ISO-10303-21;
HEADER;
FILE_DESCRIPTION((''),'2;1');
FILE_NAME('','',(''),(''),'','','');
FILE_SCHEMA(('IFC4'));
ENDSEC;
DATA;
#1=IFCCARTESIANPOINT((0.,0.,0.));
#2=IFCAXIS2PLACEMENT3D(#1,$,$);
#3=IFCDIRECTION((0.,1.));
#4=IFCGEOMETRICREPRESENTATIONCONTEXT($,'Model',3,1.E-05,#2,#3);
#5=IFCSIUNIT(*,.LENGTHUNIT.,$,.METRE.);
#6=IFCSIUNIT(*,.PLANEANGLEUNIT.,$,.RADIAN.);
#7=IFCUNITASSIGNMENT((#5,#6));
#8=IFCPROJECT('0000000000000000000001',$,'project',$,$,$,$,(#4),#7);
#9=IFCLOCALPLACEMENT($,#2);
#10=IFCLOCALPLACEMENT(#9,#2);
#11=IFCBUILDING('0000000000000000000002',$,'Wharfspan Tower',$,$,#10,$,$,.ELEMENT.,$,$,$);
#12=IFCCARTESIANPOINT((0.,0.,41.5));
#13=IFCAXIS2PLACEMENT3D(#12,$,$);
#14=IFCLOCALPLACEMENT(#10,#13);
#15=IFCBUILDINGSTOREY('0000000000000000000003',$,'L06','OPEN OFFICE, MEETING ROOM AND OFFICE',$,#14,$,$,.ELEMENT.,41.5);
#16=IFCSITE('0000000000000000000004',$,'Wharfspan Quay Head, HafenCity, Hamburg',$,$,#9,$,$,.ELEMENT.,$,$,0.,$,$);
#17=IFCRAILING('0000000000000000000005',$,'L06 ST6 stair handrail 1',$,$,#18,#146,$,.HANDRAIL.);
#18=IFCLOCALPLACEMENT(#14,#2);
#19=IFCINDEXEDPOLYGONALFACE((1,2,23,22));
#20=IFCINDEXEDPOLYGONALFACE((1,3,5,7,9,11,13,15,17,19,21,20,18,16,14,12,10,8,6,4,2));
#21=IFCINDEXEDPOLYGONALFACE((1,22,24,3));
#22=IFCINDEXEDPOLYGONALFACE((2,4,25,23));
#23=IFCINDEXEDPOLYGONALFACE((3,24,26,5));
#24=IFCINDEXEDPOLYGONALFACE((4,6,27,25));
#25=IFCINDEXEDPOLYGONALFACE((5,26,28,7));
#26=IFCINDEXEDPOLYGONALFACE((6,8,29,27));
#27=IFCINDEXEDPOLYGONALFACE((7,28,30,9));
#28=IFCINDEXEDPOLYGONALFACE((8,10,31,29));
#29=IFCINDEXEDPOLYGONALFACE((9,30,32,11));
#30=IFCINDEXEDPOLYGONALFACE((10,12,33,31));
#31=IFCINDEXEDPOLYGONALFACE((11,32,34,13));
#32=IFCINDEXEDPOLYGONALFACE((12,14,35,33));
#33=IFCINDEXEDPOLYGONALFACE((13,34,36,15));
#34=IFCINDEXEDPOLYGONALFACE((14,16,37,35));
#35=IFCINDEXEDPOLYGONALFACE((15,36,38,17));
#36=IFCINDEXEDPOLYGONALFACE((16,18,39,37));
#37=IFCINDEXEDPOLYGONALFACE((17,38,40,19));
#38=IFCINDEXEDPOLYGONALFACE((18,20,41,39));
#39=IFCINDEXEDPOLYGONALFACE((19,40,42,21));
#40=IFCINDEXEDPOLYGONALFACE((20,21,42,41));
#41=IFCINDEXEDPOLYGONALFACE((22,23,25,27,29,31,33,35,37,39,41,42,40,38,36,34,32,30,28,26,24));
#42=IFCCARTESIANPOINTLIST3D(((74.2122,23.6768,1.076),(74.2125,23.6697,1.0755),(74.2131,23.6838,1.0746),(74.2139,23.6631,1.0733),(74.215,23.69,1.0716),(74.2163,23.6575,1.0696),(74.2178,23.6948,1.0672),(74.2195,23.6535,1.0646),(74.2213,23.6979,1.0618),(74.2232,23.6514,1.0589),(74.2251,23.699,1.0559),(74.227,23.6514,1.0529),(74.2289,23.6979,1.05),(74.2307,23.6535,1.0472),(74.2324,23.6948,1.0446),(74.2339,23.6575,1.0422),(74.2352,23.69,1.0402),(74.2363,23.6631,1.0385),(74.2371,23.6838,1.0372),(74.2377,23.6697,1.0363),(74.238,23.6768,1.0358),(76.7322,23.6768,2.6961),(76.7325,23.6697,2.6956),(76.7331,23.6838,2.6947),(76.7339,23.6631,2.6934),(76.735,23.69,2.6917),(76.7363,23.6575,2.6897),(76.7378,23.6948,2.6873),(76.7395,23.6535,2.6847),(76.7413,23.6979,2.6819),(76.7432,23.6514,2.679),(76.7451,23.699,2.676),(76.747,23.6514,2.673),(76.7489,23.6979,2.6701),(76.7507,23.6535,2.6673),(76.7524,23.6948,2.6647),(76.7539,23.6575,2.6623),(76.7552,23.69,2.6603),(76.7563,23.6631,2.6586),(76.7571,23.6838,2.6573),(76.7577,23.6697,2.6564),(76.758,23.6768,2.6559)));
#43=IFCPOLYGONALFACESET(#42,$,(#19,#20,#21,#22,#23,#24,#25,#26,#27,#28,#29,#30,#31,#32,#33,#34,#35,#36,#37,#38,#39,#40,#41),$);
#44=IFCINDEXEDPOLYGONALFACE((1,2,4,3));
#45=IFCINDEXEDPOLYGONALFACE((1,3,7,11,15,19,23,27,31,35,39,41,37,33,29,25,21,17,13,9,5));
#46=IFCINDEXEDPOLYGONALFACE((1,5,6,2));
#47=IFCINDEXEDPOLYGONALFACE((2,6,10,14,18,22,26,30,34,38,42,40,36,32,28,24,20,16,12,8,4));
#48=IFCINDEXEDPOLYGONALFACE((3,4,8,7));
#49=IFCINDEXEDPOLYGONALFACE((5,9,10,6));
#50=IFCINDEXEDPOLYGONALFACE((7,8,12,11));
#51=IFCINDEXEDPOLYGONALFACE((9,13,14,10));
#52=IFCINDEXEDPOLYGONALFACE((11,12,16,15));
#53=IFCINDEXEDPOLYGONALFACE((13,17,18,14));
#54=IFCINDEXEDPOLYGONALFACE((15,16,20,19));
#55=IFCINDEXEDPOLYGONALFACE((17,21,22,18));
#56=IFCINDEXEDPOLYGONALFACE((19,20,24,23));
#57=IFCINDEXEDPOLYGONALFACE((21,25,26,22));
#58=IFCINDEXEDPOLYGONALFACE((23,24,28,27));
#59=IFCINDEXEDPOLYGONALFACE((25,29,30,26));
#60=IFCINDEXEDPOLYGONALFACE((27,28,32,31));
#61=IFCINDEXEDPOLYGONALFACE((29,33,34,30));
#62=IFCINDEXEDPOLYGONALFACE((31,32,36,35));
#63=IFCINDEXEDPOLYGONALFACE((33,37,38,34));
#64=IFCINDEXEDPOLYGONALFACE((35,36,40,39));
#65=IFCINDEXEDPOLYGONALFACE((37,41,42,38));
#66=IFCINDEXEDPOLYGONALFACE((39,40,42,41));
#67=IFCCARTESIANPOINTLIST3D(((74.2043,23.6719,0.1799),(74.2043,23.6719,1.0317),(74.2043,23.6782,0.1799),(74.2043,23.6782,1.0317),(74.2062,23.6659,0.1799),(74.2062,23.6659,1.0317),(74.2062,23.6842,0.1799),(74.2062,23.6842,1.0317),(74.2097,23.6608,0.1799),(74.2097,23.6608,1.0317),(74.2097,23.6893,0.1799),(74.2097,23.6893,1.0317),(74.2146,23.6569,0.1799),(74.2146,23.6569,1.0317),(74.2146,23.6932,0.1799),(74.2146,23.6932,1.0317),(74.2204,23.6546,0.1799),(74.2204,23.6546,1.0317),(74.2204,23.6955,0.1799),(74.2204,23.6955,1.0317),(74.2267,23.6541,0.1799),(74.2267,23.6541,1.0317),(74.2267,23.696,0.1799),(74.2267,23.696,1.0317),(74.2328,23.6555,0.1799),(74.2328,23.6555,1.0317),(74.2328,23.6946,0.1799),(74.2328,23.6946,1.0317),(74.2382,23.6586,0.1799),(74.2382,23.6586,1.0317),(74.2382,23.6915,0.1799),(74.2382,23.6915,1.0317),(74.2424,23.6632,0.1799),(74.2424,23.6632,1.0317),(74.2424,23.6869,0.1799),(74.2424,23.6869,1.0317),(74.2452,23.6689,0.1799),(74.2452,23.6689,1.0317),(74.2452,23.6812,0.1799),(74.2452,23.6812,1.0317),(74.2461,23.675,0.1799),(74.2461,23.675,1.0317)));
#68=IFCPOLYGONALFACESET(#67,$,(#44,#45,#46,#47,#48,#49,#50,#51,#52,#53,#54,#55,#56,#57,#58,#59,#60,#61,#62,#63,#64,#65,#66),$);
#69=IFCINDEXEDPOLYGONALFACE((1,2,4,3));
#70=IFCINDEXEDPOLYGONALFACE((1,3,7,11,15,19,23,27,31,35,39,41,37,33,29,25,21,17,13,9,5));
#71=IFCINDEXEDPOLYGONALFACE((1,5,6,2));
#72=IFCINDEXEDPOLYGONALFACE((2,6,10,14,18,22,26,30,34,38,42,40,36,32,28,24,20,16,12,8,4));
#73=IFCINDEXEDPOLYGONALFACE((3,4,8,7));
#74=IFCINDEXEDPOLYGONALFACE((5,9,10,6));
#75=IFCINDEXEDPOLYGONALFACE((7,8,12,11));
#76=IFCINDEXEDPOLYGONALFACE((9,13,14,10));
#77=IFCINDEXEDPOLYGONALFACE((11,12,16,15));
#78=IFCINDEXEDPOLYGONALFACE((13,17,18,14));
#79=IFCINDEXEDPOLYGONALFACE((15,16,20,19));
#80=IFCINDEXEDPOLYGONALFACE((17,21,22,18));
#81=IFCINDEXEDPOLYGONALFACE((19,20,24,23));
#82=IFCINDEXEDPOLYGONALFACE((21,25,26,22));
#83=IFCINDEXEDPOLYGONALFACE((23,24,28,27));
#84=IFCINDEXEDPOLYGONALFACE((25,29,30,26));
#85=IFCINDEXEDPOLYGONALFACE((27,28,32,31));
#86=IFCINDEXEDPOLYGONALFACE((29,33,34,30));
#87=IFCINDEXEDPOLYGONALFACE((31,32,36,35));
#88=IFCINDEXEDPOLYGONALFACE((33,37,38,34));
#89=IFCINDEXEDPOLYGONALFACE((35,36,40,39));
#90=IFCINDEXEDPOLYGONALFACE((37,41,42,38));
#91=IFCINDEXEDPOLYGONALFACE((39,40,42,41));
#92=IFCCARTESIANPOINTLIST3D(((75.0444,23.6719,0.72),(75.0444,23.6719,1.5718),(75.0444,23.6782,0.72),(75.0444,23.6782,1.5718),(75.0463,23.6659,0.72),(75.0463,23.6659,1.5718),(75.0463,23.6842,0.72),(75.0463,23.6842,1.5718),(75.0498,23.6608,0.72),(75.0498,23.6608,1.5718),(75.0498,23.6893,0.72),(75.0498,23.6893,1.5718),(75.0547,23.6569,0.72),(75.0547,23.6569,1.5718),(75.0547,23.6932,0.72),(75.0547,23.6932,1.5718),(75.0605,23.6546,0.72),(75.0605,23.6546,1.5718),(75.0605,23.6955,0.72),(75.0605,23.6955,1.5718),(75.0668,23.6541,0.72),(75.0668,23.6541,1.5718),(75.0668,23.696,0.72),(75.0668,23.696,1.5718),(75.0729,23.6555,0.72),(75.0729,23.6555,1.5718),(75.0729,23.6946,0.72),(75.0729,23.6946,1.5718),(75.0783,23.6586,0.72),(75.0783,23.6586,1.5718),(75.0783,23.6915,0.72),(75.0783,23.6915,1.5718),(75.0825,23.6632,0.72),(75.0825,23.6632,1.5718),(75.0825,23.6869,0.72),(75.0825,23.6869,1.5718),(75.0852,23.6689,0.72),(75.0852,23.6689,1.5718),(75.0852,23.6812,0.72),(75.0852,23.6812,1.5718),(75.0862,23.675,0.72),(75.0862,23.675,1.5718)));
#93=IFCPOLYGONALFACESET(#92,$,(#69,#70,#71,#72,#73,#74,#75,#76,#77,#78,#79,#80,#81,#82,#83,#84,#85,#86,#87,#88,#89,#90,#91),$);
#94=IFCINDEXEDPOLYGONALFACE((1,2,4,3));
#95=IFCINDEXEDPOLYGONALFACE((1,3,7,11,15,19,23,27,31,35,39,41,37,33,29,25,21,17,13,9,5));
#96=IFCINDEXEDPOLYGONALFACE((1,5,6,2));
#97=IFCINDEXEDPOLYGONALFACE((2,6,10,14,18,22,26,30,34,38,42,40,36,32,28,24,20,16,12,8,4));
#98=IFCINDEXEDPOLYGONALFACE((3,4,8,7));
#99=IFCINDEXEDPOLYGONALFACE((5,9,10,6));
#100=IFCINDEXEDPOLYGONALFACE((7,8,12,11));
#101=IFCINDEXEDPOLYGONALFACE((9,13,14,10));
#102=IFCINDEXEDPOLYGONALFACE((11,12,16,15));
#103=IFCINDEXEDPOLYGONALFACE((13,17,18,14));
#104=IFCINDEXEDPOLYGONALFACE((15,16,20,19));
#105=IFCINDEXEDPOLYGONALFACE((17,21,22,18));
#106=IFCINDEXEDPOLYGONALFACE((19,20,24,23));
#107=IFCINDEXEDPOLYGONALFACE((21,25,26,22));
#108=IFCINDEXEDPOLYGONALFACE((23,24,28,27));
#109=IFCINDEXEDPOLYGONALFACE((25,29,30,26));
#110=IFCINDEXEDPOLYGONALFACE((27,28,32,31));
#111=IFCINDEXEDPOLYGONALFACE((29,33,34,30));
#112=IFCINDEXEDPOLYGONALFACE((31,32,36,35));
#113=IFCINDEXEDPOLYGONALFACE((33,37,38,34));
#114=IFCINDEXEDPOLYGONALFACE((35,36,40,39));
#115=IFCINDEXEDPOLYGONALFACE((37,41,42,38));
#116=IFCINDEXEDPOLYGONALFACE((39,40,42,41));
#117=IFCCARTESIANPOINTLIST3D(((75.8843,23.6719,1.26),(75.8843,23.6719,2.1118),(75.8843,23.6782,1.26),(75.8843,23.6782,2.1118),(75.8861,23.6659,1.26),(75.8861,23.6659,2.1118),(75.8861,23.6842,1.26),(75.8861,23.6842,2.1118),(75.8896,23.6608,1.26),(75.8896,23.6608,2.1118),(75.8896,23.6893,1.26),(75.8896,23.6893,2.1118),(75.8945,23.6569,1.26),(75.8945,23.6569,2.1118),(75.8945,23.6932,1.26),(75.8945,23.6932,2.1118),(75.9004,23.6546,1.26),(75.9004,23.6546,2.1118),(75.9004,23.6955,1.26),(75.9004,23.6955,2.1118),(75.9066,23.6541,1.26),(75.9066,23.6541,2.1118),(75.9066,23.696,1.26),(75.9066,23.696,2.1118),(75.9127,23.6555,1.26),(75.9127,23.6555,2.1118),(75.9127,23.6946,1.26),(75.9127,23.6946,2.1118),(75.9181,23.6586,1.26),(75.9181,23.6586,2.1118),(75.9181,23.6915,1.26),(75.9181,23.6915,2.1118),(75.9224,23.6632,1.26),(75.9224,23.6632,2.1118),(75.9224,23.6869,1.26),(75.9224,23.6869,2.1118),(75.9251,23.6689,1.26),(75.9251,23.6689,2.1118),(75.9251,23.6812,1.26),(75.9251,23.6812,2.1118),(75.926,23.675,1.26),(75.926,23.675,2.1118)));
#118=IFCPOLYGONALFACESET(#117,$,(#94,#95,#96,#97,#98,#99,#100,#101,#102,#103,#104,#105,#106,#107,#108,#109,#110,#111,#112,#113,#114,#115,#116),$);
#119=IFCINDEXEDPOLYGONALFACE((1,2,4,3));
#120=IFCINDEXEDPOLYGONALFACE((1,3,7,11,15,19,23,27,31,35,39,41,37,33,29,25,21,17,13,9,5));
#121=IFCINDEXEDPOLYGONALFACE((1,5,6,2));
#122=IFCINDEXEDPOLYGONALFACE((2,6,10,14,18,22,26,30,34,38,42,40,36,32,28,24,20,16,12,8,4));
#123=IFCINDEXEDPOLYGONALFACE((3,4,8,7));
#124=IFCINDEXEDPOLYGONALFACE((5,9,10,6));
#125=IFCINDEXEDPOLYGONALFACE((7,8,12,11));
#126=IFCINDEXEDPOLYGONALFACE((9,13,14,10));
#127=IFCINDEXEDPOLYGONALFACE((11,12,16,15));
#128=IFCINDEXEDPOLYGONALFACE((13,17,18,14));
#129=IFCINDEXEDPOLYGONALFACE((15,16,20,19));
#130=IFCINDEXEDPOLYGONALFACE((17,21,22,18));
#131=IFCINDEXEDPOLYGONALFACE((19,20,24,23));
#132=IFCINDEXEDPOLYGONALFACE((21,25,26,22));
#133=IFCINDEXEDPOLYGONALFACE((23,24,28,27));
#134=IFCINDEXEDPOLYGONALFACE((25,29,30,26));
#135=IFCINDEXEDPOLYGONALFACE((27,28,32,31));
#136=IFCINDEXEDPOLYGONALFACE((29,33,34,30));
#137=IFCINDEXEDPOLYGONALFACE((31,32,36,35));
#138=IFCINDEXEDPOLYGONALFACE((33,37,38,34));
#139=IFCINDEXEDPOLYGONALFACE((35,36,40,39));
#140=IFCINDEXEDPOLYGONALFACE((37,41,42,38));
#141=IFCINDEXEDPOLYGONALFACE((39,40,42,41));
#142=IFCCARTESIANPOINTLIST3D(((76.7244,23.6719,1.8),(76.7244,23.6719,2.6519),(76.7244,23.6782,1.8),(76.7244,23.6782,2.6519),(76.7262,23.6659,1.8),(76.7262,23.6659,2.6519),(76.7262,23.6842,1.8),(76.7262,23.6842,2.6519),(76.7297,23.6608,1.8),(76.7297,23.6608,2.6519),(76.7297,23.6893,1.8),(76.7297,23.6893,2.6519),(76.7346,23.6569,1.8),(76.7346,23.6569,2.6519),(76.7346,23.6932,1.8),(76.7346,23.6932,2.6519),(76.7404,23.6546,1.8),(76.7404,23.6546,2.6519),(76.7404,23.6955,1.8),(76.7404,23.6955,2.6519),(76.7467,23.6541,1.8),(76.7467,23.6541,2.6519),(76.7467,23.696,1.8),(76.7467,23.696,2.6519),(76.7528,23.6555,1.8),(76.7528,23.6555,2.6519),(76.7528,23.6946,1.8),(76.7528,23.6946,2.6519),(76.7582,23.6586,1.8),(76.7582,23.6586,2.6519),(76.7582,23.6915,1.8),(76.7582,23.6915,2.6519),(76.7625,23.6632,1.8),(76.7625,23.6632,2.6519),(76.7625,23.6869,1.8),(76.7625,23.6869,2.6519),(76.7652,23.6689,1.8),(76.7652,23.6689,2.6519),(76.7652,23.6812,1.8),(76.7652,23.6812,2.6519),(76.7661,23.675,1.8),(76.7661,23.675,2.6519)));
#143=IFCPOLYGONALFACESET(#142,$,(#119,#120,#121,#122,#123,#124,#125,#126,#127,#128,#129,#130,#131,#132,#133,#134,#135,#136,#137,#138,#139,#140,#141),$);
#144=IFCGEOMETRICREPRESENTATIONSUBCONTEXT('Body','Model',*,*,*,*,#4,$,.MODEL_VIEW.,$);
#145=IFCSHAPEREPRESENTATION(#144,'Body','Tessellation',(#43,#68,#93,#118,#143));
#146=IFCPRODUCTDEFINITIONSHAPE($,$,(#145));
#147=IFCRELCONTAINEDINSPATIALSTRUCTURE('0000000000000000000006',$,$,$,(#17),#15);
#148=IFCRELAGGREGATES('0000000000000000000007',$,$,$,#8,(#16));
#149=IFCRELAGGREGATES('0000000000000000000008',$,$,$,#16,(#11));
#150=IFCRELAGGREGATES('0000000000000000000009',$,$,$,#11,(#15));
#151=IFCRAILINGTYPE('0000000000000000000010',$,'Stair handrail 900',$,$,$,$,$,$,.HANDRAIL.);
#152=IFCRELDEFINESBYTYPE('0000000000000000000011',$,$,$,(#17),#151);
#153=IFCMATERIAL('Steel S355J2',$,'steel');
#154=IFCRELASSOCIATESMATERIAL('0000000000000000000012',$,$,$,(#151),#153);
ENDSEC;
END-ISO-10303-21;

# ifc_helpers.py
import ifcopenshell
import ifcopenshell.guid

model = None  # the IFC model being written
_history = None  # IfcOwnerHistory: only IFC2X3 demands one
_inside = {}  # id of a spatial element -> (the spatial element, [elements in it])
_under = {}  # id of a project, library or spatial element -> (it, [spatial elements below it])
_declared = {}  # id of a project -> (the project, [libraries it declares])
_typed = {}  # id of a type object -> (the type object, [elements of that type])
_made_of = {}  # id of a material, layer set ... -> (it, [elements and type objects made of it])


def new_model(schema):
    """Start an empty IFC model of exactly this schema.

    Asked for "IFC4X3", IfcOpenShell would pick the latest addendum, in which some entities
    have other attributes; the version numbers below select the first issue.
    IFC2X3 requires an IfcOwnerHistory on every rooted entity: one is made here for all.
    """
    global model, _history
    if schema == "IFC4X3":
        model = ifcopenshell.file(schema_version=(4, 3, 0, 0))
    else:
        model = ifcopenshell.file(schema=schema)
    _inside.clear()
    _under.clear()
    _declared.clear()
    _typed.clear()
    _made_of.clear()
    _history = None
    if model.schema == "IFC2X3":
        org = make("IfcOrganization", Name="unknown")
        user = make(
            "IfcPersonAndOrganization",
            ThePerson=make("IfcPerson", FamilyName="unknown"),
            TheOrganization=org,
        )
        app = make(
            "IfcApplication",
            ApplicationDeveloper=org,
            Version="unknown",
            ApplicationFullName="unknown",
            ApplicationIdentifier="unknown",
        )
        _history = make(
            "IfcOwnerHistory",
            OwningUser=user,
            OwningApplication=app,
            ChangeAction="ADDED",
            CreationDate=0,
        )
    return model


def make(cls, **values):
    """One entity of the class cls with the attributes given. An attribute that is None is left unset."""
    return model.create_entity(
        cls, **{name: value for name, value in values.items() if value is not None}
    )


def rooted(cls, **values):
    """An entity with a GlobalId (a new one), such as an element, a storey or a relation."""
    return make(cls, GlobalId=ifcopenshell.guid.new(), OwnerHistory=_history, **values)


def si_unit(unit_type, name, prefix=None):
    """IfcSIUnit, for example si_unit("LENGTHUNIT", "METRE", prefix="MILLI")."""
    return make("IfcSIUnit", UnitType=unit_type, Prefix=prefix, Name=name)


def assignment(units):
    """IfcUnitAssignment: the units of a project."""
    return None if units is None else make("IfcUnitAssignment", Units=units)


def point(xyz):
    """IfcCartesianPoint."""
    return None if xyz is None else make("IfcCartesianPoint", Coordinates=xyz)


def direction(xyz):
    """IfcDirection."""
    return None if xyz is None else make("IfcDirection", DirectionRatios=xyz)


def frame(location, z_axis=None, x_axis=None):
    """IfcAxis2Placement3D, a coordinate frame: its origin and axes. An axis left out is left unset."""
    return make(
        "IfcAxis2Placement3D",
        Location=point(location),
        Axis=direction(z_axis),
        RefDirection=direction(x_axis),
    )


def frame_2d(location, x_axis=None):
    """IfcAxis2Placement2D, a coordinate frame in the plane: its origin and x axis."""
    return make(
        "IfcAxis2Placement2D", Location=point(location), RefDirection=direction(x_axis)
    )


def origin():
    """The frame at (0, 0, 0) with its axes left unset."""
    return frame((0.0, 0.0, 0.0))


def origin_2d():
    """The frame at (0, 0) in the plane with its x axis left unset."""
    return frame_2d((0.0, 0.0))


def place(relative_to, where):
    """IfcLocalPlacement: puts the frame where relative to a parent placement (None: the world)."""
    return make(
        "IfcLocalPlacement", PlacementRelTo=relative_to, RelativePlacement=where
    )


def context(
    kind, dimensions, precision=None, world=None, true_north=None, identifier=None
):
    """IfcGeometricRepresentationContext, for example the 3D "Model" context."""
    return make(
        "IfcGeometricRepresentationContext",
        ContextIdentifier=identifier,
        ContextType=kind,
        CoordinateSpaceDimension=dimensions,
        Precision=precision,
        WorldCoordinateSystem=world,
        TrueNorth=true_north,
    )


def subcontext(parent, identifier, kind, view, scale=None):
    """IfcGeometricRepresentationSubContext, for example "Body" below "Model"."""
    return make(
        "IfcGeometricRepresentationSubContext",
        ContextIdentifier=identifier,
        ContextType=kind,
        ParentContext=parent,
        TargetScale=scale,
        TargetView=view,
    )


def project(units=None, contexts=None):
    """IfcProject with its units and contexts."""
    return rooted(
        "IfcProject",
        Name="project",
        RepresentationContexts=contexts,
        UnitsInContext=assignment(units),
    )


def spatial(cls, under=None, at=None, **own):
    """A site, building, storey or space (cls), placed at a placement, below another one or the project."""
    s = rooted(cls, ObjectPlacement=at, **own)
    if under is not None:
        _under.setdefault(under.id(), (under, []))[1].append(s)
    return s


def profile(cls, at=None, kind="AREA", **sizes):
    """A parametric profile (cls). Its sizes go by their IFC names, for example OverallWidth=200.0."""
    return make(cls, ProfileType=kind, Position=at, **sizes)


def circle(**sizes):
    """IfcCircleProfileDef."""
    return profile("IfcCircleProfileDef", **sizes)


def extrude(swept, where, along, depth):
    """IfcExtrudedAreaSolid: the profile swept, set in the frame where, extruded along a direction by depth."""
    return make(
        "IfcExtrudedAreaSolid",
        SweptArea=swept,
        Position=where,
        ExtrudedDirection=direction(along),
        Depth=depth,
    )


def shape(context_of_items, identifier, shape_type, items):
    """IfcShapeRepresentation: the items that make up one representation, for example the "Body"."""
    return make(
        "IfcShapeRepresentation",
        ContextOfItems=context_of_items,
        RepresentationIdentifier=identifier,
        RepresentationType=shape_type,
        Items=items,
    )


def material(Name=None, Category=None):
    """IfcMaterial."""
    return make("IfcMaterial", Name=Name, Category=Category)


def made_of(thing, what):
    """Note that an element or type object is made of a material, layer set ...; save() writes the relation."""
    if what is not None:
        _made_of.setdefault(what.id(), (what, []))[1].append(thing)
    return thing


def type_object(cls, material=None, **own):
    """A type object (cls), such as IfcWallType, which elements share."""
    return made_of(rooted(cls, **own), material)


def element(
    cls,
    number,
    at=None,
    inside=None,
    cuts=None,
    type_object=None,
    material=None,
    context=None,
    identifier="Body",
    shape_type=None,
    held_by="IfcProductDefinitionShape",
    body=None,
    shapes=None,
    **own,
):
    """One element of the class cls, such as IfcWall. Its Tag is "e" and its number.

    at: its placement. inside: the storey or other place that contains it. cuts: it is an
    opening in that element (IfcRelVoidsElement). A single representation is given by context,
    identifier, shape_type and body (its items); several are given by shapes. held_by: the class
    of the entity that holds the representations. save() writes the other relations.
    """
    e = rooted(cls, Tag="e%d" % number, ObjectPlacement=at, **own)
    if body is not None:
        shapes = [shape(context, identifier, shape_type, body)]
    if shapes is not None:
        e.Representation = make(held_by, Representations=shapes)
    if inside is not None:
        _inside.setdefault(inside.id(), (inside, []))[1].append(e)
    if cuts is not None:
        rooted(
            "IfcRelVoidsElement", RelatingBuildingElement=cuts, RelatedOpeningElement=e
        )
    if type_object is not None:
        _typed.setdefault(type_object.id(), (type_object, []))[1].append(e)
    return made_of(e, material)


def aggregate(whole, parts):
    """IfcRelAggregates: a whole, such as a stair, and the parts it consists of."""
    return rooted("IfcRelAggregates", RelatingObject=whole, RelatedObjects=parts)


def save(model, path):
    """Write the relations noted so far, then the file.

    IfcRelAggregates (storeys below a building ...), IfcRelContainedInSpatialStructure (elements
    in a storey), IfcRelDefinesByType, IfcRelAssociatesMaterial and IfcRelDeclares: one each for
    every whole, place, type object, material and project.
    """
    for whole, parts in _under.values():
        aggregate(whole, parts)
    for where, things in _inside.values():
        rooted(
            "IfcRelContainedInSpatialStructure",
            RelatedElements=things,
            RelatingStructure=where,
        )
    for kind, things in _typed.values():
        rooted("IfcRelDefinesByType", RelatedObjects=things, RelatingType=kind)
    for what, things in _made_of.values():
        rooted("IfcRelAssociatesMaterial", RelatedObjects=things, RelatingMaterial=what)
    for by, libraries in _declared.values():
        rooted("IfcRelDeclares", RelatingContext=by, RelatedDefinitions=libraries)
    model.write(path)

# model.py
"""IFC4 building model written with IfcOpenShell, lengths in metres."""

from ifc_helpers import new_model, si_unit, direction, frame, origin, origin_2d, place, context, subcontext, project, spatial, circle, extrude, material, type_object, element, save


model = new_model("IFC4")

# Units and contexts
model_context = context("Model", 3, precision=1e-05, world=origin(), true_north=direction((0.0, 1.0)))
body_context = subcontext(model_context, "Body", "Model", "MODEL_VIEW")
ifc_project = project(units=[si_unit("LENGTHUNIT", "METRE"), si_unit("PLANEANGLEUNIT", "RADIAN")], contexts=[model_context])

# Site, building, storey
site_placement = place(None, origin())
site = spatial("IfcSite", under=ifc_project, at=site_placement, Name="Wharfspan Quay Head, HafenCity, Hamburg", CompositionType="ELEMENT", RefElevation=0.0)
building_placement = place(site_placement, origin())
building = spatial("IfcBuilding", under=site, at=building_placement, Name="Wharfspan Tower", CompositionType="ELEMENT")
storey_placement = place(building_placement, frame((0.0, 0.0, 41.5)))
storey = spatial("IfcBuildingStorey", under=building, at=storey_placement, Name="L06", Description="OPEN OFFICE, MEETING ROOM AND OFFICE", CompositionType="ELEMENT", Elevation=41.5)

# Shared definitions
ifc_material_1 = material(Name="Steel S355J2", Category="steel")

# Railing
railing_type_1 = type_object("IfcRailingType", Name="Stair handrail 900", PredefinedType="HANDRAIL", material=ifc_material_1)
railing_1_placement = place(storey_placement, frame((74.2251, 23.675, 0.1799)))
element("IfcRailing", 1, at=railing_1_placement, inside=storey, type_object=railing_type_1, Name="L06 ST6 stair handrail 1", PredefinedType="HANDRAIL", context=body_context, shape_type="SweptSolid", body=[
    extrude(circle(Radius=0.0239, at=origin_2d()), frame((0.0, 0.0, 0.876), z_axis=(0.841163, 0.0, 0.540782), x_axis=(0.0, 1.0, 0.0)), (0.0, 0.0, 1.0), 2.9958),
    extrude(circle(Radius=0.021, at=origin_2d()), origin(), (0.0, 0.0, 1.0), 0.8518),
    extrude(circle(Radius=0.021, at=origin_2d()), frame((0.8401, 0.0, 0.54)), (0.0, 0.0, 1.0), 0.8518),
    extrude(circle(Radius=0.021, at=origin_2d()), frame((1.6799, 0.0, 1.0801)), (0.0, 0.0, 1.0), 0.8518),
    extrude(circle(Radius=0.021, at=origin_2d()), frame((2.52, 0.0, 1.6201)), (0.0, 0.0, 1.0), 0.8518),
])

save(model, "model.ifc")
